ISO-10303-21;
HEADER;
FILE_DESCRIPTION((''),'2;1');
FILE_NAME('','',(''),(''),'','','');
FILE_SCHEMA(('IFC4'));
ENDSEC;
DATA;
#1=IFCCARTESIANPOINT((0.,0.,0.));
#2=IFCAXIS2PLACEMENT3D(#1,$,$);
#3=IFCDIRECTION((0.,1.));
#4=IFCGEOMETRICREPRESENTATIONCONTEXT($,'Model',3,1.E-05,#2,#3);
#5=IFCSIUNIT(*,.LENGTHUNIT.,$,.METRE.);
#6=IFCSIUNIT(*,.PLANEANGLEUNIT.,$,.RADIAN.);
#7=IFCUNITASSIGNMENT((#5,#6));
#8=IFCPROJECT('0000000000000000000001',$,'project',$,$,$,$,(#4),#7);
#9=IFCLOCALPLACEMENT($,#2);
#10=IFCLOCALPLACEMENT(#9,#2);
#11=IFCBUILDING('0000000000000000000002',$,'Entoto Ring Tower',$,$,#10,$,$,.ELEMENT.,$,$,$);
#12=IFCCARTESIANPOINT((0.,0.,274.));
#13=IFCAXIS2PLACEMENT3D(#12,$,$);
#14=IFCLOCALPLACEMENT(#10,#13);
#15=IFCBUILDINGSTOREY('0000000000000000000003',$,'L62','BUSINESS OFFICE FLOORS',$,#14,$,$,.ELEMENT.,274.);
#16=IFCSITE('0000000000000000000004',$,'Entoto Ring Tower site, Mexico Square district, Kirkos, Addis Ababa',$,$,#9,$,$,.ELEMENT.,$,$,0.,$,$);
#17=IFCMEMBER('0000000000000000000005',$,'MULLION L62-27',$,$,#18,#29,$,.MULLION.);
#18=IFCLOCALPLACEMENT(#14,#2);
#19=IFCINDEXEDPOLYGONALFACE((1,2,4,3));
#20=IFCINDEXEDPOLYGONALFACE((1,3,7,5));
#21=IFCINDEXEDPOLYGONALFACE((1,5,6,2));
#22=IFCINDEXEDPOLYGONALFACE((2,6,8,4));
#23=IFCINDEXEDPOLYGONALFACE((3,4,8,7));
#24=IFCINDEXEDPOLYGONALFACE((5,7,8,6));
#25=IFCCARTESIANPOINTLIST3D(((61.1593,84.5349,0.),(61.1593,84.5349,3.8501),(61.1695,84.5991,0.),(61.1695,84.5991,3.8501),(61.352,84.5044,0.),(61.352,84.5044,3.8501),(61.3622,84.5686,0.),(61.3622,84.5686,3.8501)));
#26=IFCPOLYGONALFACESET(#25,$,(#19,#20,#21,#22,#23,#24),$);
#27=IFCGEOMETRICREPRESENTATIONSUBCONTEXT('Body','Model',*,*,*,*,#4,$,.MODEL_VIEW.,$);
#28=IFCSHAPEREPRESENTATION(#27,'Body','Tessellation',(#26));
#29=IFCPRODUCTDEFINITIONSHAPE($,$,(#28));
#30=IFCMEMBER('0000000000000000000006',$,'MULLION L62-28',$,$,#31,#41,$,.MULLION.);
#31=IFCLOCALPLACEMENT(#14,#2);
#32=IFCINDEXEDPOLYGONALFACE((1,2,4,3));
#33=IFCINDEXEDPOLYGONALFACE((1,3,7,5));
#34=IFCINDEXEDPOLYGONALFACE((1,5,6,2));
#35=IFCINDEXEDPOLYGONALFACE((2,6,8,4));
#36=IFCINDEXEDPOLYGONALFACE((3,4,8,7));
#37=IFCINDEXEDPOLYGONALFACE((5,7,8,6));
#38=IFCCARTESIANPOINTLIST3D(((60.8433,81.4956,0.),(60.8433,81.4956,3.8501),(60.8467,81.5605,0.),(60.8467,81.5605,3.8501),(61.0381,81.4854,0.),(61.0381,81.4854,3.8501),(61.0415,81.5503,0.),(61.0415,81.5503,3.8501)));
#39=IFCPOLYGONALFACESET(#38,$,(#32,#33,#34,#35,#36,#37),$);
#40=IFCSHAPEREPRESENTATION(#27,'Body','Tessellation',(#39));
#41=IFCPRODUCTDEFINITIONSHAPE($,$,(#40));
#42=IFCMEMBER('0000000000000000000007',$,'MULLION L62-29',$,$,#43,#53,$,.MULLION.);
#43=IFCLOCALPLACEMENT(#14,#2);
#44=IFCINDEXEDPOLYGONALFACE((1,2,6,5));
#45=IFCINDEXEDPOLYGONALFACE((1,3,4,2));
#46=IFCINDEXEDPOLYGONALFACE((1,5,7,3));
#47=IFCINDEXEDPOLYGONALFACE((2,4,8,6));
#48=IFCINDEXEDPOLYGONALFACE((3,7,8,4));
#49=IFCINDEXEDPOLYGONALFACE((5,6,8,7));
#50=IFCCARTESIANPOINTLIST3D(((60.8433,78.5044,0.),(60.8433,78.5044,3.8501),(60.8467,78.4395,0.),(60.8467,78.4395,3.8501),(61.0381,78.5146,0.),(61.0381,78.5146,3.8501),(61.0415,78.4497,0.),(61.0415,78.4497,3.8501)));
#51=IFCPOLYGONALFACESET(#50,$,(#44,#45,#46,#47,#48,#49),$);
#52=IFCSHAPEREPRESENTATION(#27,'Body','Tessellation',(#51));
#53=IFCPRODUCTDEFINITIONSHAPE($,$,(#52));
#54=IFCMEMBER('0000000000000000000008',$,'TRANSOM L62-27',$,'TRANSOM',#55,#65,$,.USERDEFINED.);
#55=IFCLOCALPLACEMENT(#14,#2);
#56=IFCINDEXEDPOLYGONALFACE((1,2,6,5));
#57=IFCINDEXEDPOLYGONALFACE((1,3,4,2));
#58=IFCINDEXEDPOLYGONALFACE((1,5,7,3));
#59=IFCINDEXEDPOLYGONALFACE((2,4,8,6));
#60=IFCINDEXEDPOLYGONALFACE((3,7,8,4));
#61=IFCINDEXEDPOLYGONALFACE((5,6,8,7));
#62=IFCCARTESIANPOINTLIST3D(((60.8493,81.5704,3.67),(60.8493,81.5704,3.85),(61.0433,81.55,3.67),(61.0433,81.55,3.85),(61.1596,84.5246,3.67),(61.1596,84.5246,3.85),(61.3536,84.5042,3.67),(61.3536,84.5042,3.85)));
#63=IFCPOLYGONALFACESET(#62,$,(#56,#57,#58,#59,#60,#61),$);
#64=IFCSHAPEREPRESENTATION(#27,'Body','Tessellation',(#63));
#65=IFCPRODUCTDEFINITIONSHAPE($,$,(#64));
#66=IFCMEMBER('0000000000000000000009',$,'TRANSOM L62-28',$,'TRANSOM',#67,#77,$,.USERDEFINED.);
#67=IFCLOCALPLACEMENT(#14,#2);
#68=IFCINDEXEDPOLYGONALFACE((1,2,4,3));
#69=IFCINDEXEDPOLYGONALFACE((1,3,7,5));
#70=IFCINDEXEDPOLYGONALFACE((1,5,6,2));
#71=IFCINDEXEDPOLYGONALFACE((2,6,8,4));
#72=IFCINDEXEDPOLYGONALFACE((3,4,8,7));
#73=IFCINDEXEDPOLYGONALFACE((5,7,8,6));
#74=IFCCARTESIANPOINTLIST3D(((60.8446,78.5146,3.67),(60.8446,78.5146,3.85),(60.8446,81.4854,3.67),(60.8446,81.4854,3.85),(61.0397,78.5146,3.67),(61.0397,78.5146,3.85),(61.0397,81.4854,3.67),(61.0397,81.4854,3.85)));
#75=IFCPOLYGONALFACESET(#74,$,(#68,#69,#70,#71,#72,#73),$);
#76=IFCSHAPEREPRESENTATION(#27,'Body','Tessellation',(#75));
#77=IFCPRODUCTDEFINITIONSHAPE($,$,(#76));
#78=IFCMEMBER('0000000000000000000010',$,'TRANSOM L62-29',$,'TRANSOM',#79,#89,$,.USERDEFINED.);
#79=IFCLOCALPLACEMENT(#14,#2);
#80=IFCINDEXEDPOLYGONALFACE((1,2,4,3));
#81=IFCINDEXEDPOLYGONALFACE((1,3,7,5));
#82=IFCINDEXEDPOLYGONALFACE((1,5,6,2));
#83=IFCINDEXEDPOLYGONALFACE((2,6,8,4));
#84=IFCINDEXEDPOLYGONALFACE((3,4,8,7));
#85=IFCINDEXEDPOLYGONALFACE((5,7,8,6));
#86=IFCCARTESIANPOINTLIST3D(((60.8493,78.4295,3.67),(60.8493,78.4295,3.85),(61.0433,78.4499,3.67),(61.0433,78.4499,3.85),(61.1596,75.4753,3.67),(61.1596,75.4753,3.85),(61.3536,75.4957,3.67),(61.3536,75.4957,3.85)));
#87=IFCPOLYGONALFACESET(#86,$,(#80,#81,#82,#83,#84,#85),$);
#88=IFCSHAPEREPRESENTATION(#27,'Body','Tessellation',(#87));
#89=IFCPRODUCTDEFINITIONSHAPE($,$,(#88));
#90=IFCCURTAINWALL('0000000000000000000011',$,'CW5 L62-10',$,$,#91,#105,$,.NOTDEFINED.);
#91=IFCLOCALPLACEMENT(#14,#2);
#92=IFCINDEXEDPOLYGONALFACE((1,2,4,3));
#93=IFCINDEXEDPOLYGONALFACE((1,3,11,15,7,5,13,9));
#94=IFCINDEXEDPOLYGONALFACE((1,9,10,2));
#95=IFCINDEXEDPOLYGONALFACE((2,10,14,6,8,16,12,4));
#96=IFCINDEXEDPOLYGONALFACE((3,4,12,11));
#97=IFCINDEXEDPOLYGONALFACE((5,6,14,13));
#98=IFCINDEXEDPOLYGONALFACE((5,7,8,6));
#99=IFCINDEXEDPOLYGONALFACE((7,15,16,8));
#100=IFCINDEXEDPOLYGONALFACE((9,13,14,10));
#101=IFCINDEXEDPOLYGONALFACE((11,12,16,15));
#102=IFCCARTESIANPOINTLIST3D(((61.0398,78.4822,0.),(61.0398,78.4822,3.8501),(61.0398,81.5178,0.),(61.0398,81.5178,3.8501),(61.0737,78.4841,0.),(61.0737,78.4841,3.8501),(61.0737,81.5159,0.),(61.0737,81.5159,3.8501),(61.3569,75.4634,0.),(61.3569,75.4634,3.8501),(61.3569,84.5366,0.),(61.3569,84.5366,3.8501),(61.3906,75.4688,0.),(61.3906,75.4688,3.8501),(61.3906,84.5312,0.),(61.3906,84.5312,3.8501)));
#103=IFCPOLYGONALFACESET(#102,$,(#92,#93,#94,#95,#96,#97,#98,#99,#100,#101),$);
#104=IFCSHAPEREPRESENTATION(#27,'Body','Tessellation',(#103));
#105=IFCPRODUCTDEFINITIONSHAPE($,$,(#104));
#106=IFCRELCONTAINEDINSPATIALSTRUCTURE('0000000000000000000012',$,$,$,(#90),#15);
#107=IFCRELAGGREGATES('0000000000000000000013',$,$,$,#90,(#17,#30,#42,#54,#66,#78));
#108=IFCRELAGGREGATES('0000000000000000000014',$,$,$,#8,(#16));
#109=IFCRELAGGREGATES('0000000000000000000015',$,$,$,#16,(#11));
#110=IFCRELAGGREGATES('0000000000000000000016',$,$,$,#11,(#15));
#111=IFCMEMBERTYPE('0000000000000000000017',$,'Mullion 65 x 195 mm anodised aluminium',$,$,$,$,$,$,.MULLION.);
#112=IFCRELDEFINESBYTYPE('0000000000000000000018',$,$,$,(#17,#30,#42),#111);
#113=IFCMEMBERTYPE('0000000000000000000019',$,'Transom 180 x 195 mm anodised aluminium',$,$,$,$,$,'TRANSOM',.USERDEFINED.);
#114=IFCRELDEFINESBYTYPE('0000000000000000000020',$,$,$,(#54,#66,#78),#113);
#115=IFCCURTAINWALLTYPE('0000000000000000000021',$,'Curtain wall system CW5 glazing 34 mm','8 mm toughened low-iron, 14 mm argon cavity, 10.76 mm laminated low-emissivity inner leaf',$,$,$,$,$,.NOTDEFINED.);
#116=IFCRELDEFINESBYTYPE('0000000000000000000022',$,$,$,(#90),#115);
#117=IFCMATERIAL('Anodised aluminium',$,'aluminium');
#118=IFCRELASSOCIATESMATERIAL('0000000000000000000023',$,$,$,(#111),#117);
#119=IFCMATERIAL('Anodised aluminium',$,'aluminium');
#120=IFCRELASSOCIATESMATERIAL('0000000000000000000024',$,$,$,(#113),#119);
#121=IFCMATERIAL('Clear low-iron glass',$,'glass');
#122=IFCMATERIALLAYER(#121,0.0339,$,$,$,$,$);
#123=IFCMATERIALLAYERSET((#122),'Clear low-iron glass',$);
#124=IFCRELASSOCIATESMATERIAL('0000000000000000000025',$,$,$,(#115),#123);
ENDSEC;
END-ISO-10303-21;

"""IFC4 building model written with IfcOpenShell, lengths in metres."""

from ifc_helpers import new_model, si_unit, direction, frame, origin, origin_2d, place, context, subcontext, project, spatial, polyline, rectangle, outline, extrude, material, layer, layer_set, material_profile, profile_set, type_object, element, aggregate, save


model = new_model("IFC4")

# Units and contexts
model_context = context("Model", 3, precision=1e-05, world=origin(), true_north=direction((0.0, 1.0)))
body_context = subcontext(model_context, "Body", "Model", "MODEL_VIEW")
ifc_project = project(units=[si_unit("LENGTHUNIT", "METRE"), si_unit("PLANEANGLEUNIT", "RADIAN")], contexts=[model_context])

# Members
ifc_material_1 = material(Name="Anodised aluminium", Category="aluminium")
ifc_material_profile_1 = material_profile(ifc_material_1, rectangle(XDim=0.0649, YDim=0.1951, at=origin_2d()), Name="Mullion 65 x 195 mm anodised aluminium")
ifc_profile_set_1 = profile_set([ifc_material_profile_1], Name="Anodised aluminium")
member_type_1 = type_object("IfcMemberType", Name="Mullion 65 x 195 mm anodised aluminium", PredefinedType="MULLION", material=ifc_profile_set_1)
site_placement = place(None, origin())
building_placement = place(site_placement, origin())
storey_placement = place(building_placement, frame((0.0, 0.0, 274.0)))
member_1_placement = place(storey_placement, frame((61.2607, 84.5518, 0.0), z_axis=(0.0, 0.0, 1.0), x_axis=(-0.156434, -0.987688, 0.0)))
member_1 = element("IfcMember", 1, at=member_1_placement, type_object=member_type_1, Name="MULLION L62-27", PredefinedType="MULLION", context=body_context, shape_type="SweptSolid", body=[
    extrude(rectangle(XDim=0.0649, YDim=0.1951, at=origin_2d()), origin(), (0.0, 0.0, 1.0), 3.8501),
])
member_2_placement = place(storey_placement, frame((60.9424, 81.5229, 0.0), z_axis=(0.0, 0.0, 1.0), x_axis=(-0.052336, -0.99863, 0.0)))
member_2 = element("IfcMember", 2, at=member_2_placement, type_object=member_type_1, Name="MULLION L62-28", PredefinedType="MULLION", context=body_context, shape_type="SweptSolid", body=[
    extrude(rectangle(XDim=0.0649, YDim=0.1951, at=origin_2d()), origin(), (0.0, 0.0, 1.0), 3.8501),
])
member_3_placement = place(storey_placement, frame((60.9424, 78.4771, 0.0), z_axis=(0.0, 0.0, 1.0), x_axis=(0.052336, -0.99863, 0.0)))
member_3 = element("IfcMember", 3, at=member_3_placement, type_object=member_type_1, Name="MULLION L62-29", PredefinedType="MULLION", context=body_context, shape_type="SweptSolid", body=[
    extrude(rectangle(XDim=0.0649, YDim=0.1951, at=origin_2d()), origin(), (0.0, 0.0, 1.0), 3.8501),
])
ifc_material_2 = material(Name="Anodised aluminium", Category="aluminium")
ifc_material_profile_2 = material_profile(ifc_material_2, rectangle(XDim=0.1951, YDim=0.1799, at=origin_2d()), Name="Transom 180 x 195 mm anodised aluminium")
ifc_profile_set_2 = profile_set([ifc_material_profile_2], Name="Anodised aluminium")
member_type_2 = type_object("IfcMemberType", Name="Transom 180 x 195 mm anodised aluminium", ElementType="TRANSOM", PredefinedType="USERDEFINED", material=ifc_profile_set_2)
member_4_placement = place(storey_placement, frame((61.2566, 84.5144, 3.76), z_axis=(-0.104467, -0.994528, 0.0), x_axis=(0.994528, -0.104467, 0.0)))
member_4 = element("IfcMember", 4, at=member_4_placement, type_object=member_type_2, Name="TRANSOM L62-27", ObjectType="TRANSOM", PredefinedType="USERDEFINED", context=body_context, shape_type="SweptSolid", body=[
    extrude(rectangle(XDim=0.1951, YDim=0.1799, at=origin_2d()), origin(), (0.0, 0.0, 1.0), 2.9705),
])
member_5_placement = place(storey_placement, frame((60.9421, 81.4854, 3.76), z_axis=(0.0, -1.0, 0.0), x_axis=(1.0, 0.0, 0.0)))
member_5 = element("IfcMember", 5, at=member_5_placement, type_object=member_type_2, Name="TRANSOM L62-28", ObjectType="TRANSOM", PredefinedType="USERDEFINED", context=body_context, shape_type="SweptSolid", body=[
    extrude(rectangle(XDim=0.1951, YDim=0.1799, at=origin_2d()), origin(), (0.0, 0.0, 1.0), 2.9707),
])
member_6_placement = place(storey_placement, frame((60.9463, 78.4397, 3.76), z_axis=(0.104467, -0.994528, 0.0), x_axis=(0.994528, 0.104467, 0.0)))
member_6 = element("IfcMember", 6, at=member_6_placement, type_object=member_type_2, Name="TRANSOM L62-29", ObjectType="TRANSOM", PredefinedType="USERDEFINED", context=body_context, shape_type="SweptSolid", body=[
    extrude(rectangle(XDim=0.1951, YDim=0.1799, at=origin_2d()), origin(), (0.0, 0.0, 1.0), 2.9705),
])

# Site, building, storey
site = spatial("IfcSite", under=ifc_project, at=site_placement, Name="Entoto Ring Tower site, Mexico Square district, Kirkos, Addis Ababa", CompositionType="ELEMENT", RefElevation=0.0)
building = spatial("IfcBuilding", under=site, at=building_placement, Name="Entoto Ring Tower", CompositionType="ELEMENT")
storey = spatial("IfcBuildingStorey", under=building, at=storey_placement, Name="L62", Description="BUSINESS OFFICE FLOORS", CompositionType="ELEMENT", Elevation=274.0)

# Curtain wall
ifc_material_3 = material(Name="Clear low-iron glass", Category="glass")
ifc_layer = layer(ifc_material_3, 0.0339)
ifc_layer_set = layer_set([ifc_layer], Name="Clear low-iron glass")
curtain_wall_type = type_object("IfcCurtainWallType", Name="Curtain wall system CW5 glazing 34 mm", Description="8 mm toughened low-iron, 14 mm argon cavity, 10.76 mm laminated low-emissivity inner leaf", PredefinedType="NOTDEFINED", material=ifc_layer_set)
curtain_wall_1_placement = place(storey_placement, origin())
curtain_wall_1 = element("IfcCurtainWall", 7, at=curtain_wall_1_placement, inside=storey, type_object=curtain_wall_type, Name="CW5 L62-10", PredefinedType="NOTDEFINED", context=body_context, shape_type="SweptSolid", body=[
    extrude(outline(polyline([(61.3569, 84.5366), (61.0398, 81.5178), (61.0398, 78.4822), (61.3569, 75.4634), (61.3906, 75.4688), (61.0737, 78.4841), (61.0737, 81.5159), (61.3906, 84.5312), (61.3569, 84.5366)])), origin(), (0.0, 0.0, 1.0), 3.8501),
])
aggregate(curtain_wall_1, [member_1, member_2, member_3, member_4, member_5, member_6])

save(model, "model.ifc")
